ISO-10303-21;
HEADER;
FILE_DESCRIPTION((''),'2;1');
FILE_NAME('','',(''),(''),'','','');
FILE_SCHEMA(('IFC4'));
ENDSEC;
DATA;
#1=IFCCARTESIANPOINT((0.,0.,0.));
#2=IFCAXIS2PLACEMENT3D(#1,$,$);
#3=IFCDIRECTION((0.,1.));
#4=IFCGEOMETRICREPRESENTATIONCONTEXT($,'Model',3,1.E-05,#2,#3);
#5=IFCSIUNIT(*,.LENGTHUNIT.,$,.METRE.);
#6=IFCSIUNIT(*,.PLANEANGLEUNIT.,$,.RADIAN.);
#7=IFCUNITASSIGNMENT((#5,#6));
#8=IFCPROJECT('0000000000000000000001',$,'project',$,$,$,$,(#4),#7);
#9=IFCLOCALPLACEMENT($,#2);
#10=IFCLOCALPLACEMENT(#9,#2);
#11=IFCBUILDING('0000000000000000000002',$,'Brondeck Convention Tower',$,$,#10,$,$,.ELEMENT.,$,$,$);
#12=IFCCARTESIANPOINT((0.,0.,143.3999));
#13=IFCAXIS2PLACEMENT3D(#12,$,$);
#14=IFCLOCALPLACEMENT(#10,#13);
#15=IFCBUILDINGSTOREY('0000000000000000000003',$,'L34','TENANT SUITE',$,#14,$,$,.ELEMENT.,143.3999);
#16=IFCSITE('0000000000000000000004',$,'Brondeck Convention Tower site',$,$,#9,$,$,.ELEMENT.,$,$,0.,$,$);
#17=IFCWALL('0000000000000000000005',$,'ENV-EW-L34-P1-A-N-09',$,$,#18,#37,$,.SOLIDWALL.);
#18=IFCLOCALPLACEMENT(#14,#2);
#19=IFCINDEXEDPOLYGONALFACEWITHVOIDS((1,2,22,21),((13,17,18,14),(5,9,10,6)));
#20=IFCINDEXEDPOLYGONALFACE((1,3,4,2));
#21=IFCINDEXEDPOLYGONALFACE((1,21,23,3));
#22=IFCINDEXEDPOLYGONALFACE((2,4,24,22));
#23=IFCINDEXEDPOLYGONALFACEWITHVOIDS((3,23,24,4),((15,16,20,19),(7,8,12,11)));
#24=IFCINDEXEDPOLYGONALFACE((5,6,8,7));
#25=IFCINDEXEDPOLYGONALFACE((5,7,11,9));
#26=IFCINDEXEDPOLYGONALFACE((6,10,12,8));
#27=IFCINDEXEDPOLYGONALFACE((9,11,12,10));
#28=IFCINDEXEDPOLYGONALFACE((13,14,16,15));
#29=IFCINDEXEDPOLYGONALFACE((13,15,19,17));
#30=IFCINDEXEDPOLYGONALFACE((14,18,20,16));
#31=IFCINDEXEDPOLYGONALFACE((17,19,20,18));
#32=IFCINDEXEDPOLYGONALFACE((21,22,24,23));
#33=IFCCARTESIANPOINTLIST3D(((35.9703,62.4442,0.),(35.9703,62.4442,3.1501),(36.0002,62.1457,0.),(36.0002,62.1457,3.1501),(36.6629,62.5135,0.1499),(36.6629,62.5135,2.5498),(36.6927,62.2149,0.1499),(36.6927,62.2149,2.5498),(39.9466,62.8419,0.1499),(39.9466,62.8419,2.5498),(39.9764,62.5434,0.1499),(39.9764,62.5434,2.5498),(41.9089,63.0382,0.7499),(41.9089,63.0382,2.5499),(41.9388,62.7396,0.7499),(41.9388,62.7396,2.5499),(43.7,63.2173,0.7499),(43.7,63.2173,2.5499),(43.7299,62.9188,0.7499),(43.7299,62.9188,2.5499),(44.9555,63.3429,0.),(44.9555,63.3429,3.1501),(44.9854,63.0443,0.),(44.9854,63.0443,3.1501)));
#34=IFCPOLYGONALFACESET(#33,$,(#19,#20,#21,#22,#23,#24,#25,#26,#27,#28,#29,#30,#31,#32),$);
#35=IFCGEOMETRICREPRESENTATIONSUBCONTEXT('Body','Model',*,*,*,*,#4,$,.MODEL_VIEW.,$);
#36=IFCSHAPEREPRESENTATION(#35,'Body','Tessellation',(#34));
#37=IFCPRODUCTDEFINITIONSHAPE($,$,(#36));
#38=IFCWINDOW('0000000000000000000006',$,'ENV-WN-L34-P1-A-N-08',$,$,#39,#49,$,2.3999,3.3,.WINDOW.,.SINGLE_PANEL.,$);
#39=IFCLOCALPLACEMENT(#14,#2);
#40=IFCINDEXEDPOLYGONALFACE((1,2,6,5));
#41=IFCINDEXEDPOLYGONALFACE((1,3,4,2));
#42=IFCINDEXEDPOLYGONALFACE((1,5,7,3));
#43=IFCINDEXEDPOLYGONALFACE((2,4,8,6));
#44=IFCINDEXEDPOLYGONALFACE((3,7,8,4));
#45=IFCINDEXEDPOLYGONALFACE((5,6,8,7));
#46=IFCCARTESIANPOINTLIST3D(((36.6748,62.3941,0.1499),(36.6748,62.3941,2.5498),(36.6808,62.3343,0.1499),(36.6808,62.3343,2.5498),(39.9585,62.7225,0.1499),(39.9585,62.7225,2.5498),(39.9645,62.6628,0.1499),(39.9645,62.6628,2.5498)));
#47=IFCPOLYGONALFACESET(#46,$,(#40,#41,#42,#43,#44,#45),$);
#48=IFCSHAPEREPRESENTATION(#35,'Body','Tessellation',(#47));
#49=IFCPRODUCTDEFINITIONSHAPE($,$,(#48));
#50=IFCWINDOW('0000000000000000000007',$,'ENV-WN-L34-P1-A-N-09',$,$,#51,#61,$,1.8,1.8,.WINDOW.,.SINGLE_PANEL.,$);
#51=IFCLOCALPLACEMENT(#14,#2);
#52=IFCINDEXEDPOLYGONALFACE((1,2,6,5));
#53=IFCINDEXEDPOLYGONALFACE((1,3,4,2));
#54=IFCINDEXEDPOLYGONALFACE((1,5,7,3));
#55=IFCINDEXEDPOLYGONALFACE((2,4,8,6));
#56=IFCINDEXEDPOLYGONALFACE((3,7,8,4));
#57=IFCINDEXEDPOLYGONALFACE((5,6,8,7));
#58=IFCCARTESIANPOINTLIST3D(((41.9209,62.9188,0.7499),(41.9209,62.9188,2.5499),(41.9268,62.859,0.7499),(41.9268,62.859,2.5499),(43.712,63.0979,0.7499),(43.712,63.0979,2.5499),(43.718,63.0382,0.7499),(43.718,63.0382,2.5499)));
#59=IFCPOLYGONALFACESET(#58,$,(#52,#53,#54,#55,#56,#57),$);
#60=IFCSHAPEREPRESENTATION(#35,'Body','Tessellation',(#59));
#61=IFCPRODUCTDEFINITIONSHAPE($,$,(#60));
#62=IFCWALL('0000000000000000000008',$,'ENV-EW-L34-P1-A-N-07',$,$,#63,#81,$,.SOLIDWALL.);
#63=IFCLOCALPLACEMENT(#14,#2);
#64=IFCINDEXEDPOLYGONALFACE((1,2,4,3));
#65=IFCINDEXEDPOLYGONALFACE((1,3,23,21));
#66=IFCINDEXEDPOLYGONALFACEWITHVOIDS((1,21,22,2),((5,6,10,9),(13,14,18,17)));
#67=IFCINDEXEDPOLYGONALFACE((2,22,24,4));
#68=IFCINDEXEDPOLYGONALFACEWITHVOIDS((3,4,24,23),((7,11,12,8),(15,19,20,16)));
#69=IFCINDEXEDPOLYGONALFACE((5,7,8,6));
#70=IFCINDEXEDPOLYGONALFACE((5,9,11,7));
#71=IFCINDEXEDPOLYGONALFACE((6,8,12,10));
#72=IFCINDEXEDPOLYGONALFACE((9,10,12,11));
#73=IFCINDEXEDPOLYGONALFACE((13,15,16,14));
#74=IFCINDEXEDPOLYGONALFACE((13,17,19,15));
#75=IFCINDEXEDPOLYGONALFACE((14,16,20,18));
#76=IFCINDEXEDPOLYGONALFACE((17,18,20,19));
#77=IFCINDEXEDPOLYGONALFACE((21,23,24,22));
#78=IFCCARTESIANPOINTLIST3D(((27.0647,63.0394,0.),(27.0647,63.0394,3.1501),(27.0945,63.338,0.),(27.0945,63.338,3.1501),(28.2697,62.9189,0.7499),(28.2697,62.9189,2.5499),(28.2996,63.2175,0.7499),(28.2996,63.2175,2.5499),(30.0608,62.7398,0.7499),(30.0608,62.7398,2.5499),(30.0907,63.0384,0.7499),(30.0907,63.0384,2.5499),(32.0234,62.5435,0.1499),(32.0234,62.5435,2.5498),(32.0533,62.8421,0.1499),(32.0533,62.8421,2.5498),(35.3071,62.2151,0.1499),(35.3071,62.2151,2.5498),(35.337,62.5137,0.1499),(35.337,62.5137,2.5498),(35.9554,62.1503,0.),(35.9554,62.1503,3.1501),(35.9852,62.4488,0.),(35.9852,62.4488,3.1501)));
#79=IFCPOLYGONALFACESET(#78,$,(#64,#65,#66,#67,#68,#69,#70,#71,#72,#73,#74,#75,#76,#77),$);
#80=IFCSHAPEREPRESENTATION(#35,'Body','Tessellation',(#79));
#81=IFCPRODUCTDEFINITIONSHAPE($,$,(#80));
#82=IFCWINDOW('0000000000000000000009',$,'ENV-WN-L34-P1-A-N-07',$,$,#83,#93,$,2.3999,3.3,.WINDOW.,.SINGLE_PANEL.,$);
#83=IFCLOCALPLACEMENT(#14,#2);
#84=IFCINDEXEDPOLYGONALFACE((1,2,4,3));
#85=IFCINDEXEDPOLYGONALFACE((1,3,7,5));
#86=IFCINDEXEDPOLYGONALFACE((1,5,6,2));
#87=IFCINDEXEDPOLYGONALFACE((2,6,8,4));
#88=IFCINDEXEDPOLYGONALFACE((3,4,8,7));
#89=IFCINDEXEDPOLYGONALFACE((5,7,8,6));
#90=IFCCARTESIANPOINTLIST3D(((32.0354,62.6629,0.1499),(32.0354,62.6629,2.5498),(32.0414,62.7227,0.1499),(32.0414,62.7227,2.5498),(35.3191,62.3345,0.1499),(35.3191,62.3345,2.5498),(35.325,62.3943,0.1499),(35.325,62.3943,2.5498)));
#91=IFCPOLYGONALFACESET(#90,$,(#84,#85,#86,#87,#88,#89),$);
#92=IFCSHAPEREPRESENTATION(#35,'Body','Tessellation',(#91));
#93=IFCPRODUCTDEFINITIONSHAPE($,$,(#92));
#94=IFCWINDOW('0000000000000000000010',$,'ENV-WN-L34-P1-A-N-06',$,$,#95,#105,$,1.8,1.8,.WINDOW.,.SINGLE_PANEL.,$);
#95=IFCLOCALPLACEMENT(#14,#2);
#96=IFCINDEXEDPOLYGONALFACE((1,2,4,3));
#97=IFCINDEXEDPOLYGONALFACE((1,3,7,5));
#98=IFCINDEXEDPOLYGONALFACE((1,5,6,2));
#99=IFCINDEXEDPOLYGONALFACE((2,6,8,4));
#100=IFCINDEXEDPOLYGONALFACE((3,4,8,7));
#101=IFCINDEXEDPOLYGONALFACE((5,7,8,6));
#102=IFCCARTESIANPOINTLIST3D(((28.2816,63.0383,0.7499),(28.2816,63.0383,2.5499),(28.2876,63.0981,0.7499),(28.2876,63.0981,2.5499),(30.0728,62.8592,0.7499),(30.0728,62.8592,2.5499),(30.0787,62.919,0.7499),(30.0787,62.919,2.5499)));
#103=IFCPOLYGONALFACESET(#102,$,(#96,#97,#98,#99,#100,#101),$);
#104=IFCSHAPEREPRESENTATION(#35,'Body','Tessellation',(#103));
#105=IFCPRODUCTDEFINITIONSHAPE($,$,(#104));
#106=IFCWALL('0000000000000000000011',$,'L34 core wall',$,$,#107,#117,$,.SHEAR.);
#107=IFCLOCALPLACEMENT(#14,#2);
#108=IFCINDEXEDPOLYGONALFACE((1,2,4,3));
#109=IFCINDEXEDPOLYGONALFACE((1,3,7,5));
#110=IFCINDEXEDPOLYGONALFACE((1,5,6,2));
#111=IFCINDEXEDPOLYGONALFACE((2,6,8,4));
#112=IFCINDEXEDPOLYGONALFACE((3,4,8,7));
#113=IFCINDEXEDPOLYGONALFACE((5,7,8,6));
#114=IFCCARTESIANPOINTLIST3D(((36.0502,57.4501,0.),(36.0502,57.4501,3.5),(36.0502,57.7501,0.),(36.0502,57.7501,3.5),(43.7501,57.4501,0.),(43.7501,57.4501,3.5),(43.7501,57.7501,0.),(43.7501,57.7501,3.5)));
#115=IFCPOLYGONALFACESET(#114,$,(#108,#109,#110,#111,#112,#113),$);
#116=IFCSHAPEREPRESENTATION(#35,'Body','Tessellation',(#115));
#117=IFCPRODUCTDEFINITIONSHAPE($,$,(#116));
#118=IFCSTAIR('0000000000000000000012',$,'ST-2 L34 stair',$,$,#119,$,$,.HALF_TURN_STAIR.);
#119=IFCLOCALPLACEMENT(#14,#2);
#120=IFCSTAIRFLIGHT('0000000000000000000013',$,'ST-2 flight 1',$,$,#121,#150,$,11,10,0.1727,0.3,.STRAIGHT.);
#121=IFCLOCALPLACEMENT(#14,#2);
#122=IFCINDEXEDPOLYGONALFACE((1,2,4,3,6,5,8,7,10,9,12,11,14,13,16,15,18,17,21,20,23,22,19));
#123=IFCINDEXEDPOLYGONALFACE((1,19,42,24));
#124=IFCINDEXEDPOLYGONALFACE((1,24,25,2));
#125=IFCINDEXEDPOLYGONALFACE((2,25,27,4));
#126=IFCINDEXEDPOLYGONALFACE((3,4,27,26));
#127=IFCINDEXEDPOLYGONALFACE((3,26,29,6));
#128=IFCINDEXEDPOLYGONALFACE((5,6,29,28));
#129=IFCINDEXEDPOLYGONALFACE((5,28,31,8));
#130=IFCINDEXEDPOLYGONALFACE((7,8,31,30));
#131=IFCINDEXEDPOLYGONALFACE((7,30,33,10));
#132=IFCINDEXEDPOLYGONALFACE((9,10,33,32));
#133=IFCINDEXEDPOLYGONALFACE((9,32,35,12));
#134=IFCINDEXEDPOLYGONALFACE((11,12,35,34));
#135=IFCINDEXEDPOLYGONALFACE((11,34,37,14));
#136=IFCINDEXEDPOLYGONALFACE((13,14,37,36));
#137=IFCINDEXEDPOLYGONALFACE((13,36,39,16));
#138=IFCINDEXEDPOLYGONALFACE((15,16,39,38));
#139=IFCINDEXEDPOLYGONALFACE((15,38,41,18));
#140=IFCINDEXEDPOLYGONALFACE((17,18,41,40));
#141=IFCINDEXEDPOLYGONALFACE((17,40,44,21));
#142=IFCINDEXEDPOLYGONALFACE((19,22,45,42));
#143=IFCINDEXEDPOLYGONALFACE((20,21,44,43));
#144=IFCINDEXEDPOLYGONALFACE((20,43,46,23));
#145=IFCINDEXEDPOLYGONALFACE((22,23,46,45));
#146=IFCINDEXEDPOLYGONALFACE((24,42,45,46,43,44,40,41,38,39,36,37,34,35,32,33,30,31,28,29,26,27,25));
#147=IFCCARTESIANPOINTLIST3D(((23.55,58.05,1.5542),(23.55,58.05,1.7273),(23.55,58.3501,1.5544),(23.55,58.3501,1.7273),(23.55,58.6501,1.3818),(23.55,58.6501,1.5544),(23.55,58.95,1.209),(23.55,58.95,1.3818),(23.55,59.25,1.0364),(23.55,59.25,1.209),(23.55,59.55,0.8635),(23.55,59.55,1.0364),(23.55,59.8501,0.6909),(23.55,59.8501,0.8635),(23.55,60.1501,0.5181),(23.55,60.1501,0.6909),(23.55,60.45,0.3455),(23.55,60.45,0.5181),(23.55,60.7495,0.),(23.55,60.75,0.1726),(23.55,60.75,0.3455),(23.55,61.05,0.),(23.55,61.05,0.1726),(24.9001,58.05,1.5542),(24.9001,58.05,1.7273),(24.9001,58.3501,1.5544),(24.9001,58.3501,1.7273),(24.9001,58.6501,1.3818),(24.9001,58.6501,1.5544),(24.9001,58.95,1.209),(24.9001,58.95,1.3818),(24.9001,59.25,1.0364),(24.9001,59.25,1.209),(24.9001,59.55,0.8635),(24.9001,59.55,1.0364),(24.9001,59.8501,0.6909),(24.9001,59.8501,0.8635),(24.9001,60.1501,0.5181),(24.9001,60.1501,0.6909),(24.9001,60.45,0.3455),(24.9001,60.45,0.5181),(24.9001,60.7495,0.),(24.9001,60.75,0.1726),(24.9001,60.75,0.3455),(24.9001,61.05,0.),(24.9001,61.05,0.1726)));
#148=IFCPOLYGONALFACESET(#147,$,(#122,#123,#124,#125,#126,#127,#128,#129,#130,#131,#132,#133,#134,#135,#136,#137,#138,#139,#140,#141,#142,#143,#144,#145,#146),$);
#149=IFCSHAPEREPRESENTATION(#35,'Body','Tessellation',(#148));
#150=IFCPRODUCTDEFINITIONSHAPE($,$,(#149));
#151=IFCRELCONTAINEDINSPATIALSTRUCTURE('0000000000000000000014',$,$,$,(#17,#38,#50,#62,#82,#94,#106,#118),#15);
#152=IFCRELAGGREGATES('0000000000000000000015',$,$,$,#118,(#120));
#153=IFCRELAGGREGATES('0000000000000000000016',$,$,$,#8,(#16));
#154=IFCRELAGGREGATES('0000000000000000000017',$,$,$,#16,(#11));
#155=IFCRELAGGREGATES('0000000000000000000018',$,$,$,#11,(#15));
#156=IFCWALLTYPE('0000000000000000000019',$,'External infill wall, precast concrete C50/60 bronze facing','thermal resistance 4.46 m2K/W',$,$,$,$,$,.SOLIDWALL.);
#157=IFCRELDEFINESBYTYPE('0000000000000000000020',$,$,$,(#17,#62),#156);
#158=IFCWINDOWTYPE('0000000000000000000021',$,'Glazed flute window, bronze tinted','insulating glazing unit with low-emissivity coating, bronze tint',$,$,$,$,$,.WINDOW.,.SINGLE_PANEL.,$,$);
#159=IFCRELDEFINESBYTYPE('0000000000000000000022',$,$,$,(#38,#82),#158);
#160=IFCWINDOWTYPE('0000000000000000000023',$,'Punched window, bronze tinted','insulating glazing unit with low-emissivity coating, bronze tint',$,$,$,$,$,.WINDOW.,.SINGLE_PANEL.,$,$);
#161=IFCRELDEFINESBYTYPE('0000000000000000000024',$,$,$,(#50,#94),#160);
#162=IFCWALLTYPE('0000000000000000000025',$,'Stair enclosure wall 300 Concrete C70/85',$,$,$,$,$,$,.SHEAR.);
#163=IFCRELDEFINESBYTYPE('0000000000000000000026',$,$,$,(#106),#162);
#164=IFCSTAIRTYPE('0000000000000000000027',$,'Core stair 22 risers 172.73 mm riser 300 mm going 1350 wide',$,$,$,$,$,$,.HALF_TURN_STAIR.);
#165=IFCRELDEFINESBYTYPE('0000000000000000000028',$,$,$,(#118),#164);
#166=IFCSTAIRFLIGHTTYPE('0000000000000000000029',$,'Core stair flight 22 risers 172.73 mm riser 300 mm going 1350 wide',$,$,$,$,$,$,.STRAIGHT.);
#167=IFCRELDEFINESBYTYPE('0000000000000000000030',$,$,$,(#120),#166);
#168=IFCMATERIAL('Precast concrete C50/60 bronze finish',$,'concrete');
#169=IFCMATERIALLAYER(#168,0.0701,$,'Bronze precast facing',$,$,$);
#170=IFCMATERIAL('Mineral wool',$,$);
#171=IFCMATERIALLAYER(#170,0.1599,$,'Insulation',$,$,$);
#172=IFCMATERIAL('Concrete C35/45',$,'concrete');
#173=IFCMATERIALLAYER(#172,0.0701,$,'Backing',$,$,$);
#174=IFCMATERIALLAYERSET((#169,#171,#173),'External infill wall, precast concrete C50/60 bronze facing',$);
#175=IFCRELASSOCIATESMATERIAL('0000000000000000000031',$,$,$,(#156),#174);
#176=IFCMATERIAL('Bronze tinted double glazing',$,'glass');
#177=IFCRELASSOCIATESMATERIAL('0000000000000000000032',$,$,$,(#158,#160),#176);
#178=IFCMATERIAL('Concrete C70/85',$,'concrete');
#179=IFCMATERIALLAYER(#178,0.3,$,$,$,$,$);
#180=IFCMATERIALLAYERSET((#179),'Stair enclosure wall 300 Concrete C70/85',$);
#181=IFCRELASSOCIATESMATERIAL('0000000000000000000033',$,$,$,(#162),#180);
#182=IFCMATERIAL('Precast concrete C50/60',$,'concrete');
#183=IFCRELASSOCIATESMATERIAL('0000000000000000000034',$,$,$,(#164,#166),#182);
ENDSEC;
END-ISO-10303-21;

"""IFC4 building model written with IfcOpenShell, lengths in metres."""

from ifc_helpers import new_model, si_unit, direction, frame, frame_2d, origin, place, context, subcontext, project, spatial, polyline, rectangle, outline, extrude, material, layer, layer_set, type_object, element, fill, aggregate, save


model = new_model("IFC4")

# Units and contexts
model_context = context("Model", 3, precision=1e-05, world=origin(), true_north=direction((0.0, 1.0)))
body_context = subcontext(model_context, "Body", "Model", "MODEL_VIEW")
ifc_project = project(units=[si_unit("LENGTHUNIT", "METRE"), si_unit("PLANEANGLEUNIT", "RADIAN")], contexts=[model_context])

# Site, building, storey
site_placement = place(None, origin())
site = spatial("IfcSite", under=ifc_project, at=site_placement, Name="Brondeck Convention Tower site", CompositionType="ELEMENT", RefElevation=0.0)
building_placement = place(site_placement, origin())
building = spatial("IfcBuilding", under=site, at=building_placement, Name="Brondeck Convention Tower", CompositionType="ELEMENT")
storey_placement = place(building_placement, frame((0.0, 0.0, 143.3999)))
storey = spatial("IfcBuildingStorey", under=building, at=storey_placement, Name="L34", Description="TENANT SUITE", CompositionType="ELEMENT", Elevation=143.3999)

# Shared definitions
ifc_material_1 = material(Name="Concrete C70/85", Category="concrete")

# Walls, openings, windows
ifc_material_2 = material(Name="Precast concrete C50/60 bronze finish", Category="concrete")
ifc_layer_1 = layer(ifc_material_2, 0.0701, Name="Bronze precast facing")
ifc_material_3 = material(Name="Mineral wool")
ifc_layer_2 = layer(ifc_material_3, 0.1599, Name="Insulation")
ifc_material_4 = material(Name="Concrete C35/45", Category="concrete")
ifc_layer_3 = layer(ifc_material_4, 0.0701, Name="Backing")
ifc_layer_set_1 = layer_set([ifc_layer_1, ifc_layer_2, ifc_layer_3], Name="External infill wall, precast concrete C50/60 bronze facing")
wall_type_1 = type_object("IfcWallType", Name="External infill wall, precast concrete C50/60 bronze facing", Description="thermal resistance 4.46 m2K/W", PredefinedType="SOLIDWALL", material=ifc_layer_set_1)
wall_1_placement = place(storey_placement, frame((35.9851, 62.2949, 0.0), z_axis=(0.0, 0.0, 1.0), x_axis=(0.995035, 0.099522, 0.0)))
wall_1 = element("IfcWall", 1, at=wall_1_placement, inside=storey, type_object=wall_type_1, Name="ENV-EW-L34-P1-A-N-09", PredefinedType="SOLIDWALL", context=body_context, shape_type="SweptSolid", body=[
    extrude(rectangle(XDim=9.03, YDim=0.3, at=frame_2d((4.5151, 0.0))), origin(), (0.0, 0.0, 1.0), 3.1501),
])
opening_1_placement = place(wall_1_placement, frame((0.6963, 0.0, 0.1499)))
opening_1 = element("IfcOpeningElement", 2, at=opening_1_placement, cuts=wall_1, PredefinedType="OPENING", context=body_context, shape_type="SweptSolid", body=[
    extrude(rectangle(XDim=3.3, YDim=2.3999, at=frame_2d((1.6499, 1.2))), frame((0.0, 0.1599, 0.0), z_axis=(0.0, -1.0, 0.0), x_axis=(1.0, 0.0, 0.0)), (0.0, 0.0, 1.0), 0.3201),
])
opening_2_placement = place(wall_1_placement, frame((5.9685, 0.0, 0.75)))
opening_2 = element("IfcOpeningElement", 3, at=opening_2_placement, cuts=wall_1, PredefinedType="OPENING", context=body_context, shape_type="SweptSolid", body=[
    extrude(rectangle(XDim=1.8, YDim=1.8, at=frame_2d((0.8999, 0.8999))), frame((0.0, 0.1599, 0.0), z_axis=(0.0, -1.0, 0.0), x_axis=(1.0, 0.0, 0.0)), (0.0, 0.0, 1.0), 0.3201),
])
ifc_material_5 = material(Name="Bronze tinted double glazing", Category="glass")
window_type_1 = type_object("IfcWindowType", Name="Glazed flute window, bronze tinted", Description="insulating glazing unit with low-emissivity coating, bronze tint", PartitioningType="SINGLE_PANEL", PredefinedType="WINDOW", material=ifc_material_5)
window_1_placement = place(opening_1_placement, origin())
window_1 = element("IfcWindow", 4, at=window_1_placement, inside=storey, type_object=window_type_1, Name="ENV-WN-L34-P1-A-N-08", OverallHeight=2.3999, OverallWidth=3.3, PartitioningType="SINGLE_PANEL", PredefinedType="WINDOW", context=body_context, shape_type="SweptSolid", body=[
    extrude(rectangle(XDim=3.3, YDim=2.3999, at=frame_2d((1.6499, 1.2))), frame((0.0, 0.03, 0.0), z_axis=(0.0, -1.0, 0.0), x_axis=(1.0, 0.0, 0.0)), (0.0, 0.0, 1.0), 0.0601),
])
fill(opening_1, window_1)
window_type_2 = type_object("IfcWindowType", Name="Punched window, bronze tinted", Description="insulating glazing unit with low-emissivity coating, bronze tint", PartitioningType="SINGLE_PANEL", PredefinedType="WINDOW", material=ifc_material_5)
window_2_placement = place(opening_2_placement, origin())
window_2 = element("IfcWindow", 5, at=window_2_placement, inside=storey, type_object=window_type_2, Name="ENV-WN-L34-P1-A-N-09", OverallHeight=1.8, OverallWidth=1.8, PartitioningType="SINGLE_PANEL", PredefinedType="WINDOW", context=body_context, shape_type="SweptSolid", body=[
    extrude(rectangle(XDim=1.8, YDim=1.8, at=frame_2d((0.8999, 0.8999))), frame((0.0, 0.03, 0.0), z_axis=(0.0, -1.0, 0.0), x_axis=(1.0, 0.0, 0.0)), (0.0, 0.0, 1.0), 0.0601),
])
fill(opening_2, window_2)
wall_2_placement = place(storey_placement, frame((27.0796, 63.1887, 0.0), z_axis=(0.0, 0.0, 1.0), x_axis=(0.995036, -0.099515, 0.0)))
wall_2 = element("IfcWall", 6, at=wall_2_placement, inside=storey, type_object=wall_type_1, Name="ENV-EW-L34-P1-A-N-07", PredefinedType="SOLIDWALL", context=body_context, shape_type="SweptSolid", body=[
    extrude(rectangle(XDim=8.9351, YDim=0.3, at=frame_2d((4.4675, 0.0))), origin(), (0.0, 0.0, 1.0), 3.1501),
])
opening_3_placement = place(wall_2_placement, frame((1.2112, 0.0, 0.75)))
opening_3 = element("IfcOpeningElement", 7, at=opening_3_placement, cuts=wall_2, PredefinedType="OPENING", context=body_context, shape_type="SweptSolid", body=[
    extrude(rectangle(XDim=1.8, YDim=1.8, at=frame_2d((0.8999, 0.8999))), frame((0.0, 0.1599, 0.0), z_axis=(0.0, -1.0, 0.0), x_axis=(1.0, 0.0, 0.0)), (0.0, 0.0, 1.0), 0.3201),
])
opening_4_placement = place(wall_2_placement, frame((4.9836, 0.0, 0.1499)))
opening_4 = element("IfcOpeningElement", 8, at=opening_4_placement, cuts=wall_2, PredefinedType="OPENING", context=body_context, shape_type="SweptSolid", body=[
    extrude(rectangle(XDim=3.3, YDim=2.3999, at=frame_2d((1.6499, 1.2))), frame((0.0, 0.1599, 0.0), z_axis=(0.0, -1.0, 0.0), x_axis=(1.0, 0.0, 0.0)), (0.0, 0.0, 1.0), 0.3201),
])
window_3_placement = place(opening_4_placement, origin())
window_3 = element("IfcWindow", 9, at=window_3_placement, inside=storey, type_object=window_type_1, Name="ENV-WN-L34-P1-A-N-07", OverallHeight=2.3999, OverallWidth=3.3, PartitioningType="SINGLE_PANEL", PredefinedType="WINDOW", context=body_context, shape_type="SweptSolid", body=[
    extrude(rectangle(XDim=3.3, YDim=2.3999, at=frame_2d((1.6499, 1.2))), frame((0.0, 0.03, 0.0), z_axis=(0.0, -1.0, 0.0), x_axis=(1.0, 0.0, 0.0)), (0.0, 0.0, 1.0), 0.0601),
])
fill(opening_4, window_3)
window_4_placement = place(opening_3_placement, origin())
window_4 = element("IfcWindow", 10, at=window_4_placement, inside=storey, type_object=window_type_2, Name="ENV-WN-L34-P1-A-N-06", OverallHeight=1.8, OverallWidth=1.8, PartitioningType="SINGLE_PANEL", PredefinedType="WINDOW", context=body_context, shape_type="SweptSolid", body=[
    extrude(rectangle(XDim=1.8, YDim=1.8, at=frame_2d((0.8999, 0.8999))), frame((0.0, 0.03, 0.0), z_axis=(0.0, -1.0, 0.0), x_axis=(1.0, 0.0, 0.0)), (0.0, 0.0, 1.0), 0.0601),
])
fill(opening_3, window_4)

# Wall
ifc_layer_4 = layer(ifc_material_1, 0.3)
ifc_layer_set_2 = layer_set([ifc_layer_4], Name="Stair enclosure wall 300 Concrete C70/85")
wall_type_2 = type_object("IfcWallType", Name="Stair enclosure wall 300 Concrete C70/85", PredefinedType="SHEAR", material=ifc_layer_set_2)
wall_3_placement = place(storey_placement, frame((36.05, 57.6001, 0.0), z_axis=(0.0, 0.0, 1.0), x_axis=(1.0, 0.0, 0.0)))
element("IfcWall", 11, at=wall_3_placement, inside=storey, type_object=wall_type_2, Name="L34 core wall", PredefinedType="SHEAR", context=body_context, shape_type="SweptSolid", body=[
    extrude(rectangle(XDim=7.7, YDim=0.3, at=frame_2d((3.8501, 0.0))), origin(), (0.0, 0.0, 1.0), 3.5),
])

# Stair, stair flight
ifc_material_6 = material(Name="Precast concrete C50/60", Category="concrete")
stair_type = type_object("IfcStairType", Name="Core stair 22 risers 172.73 mm riser 300 mm going 1350 wide", PredefinedType="HALF_TURN_STAIR", material=ifc_material_6)
stair_placement = place(storey_placement, origin())
stair = element("IfcStair", 12, at=stair_placement, inside=storey, type_object=stair_type, Name="ST-2 L34 stair", PredefinedType="HALF_TURN_STAIR")
stair_flight_type = type_object("IfcStairFlightType", Name="Core stair flight 22 risers 172.73 mm riser 300 mm going 1350 wide", PredefinedType="STRAIGHT", material=ifc_material_6)
stair_flight_1_placement = place(storey_placement, frame((24.2251, 61.05, 0.0), z_axis=(0.0, 0.0, 1.0), x_axis=(0.0, -1.0, 0.0)))
stair_flight_1 = element("IfcStairFlight", 13, at=stair_flight_1_placement, type_object=stair_flight_type, Name="ST-2 flight 1", NumberOfRisers=11, NumberOfTreads=10, PredefinedType="STRAIGHT", RiserHeight=0.1727, TreadLength=0.3, context=body_context, shape_type="SweptSolid", body=[
    extrude(outline(polyline([(0.0, 0.0), (0.0, 0.1726), (0.3, 0.1726), (0.3, 0.3455), (0.6001, 0.3455), (0.6001, 0.5181), (0.8999, 0.5181), (0.8999, 0.6909), (1.2, 0.6909), (1.2, 0.8635), (1.5, 0.8635), (1.5, 1.0364), (1.8, 1.0364), (1.8, 1.209), (2.1001, 1.209), (2.1001, 1.3818), (2.3999, 1.3818), (2.3999, 1.5544), (2.7, 1.5544), (2.7, 1.7273), (3.0, 1.7273), (3.0, 1.8999), (3.0, 1.5542), (0.3005, 0.0), (0.0, 0.0)])), frame((0.0, 0.675, 0.0), z_axis=(0.0, -1.0, 0.0), x_axis=(1.0, 0.0, 0.0)), (0.0, 0.0, 1.0), 1.3501),
])
aggregate(stair, [stair_flight_1])

save(model, "model.ifc")
